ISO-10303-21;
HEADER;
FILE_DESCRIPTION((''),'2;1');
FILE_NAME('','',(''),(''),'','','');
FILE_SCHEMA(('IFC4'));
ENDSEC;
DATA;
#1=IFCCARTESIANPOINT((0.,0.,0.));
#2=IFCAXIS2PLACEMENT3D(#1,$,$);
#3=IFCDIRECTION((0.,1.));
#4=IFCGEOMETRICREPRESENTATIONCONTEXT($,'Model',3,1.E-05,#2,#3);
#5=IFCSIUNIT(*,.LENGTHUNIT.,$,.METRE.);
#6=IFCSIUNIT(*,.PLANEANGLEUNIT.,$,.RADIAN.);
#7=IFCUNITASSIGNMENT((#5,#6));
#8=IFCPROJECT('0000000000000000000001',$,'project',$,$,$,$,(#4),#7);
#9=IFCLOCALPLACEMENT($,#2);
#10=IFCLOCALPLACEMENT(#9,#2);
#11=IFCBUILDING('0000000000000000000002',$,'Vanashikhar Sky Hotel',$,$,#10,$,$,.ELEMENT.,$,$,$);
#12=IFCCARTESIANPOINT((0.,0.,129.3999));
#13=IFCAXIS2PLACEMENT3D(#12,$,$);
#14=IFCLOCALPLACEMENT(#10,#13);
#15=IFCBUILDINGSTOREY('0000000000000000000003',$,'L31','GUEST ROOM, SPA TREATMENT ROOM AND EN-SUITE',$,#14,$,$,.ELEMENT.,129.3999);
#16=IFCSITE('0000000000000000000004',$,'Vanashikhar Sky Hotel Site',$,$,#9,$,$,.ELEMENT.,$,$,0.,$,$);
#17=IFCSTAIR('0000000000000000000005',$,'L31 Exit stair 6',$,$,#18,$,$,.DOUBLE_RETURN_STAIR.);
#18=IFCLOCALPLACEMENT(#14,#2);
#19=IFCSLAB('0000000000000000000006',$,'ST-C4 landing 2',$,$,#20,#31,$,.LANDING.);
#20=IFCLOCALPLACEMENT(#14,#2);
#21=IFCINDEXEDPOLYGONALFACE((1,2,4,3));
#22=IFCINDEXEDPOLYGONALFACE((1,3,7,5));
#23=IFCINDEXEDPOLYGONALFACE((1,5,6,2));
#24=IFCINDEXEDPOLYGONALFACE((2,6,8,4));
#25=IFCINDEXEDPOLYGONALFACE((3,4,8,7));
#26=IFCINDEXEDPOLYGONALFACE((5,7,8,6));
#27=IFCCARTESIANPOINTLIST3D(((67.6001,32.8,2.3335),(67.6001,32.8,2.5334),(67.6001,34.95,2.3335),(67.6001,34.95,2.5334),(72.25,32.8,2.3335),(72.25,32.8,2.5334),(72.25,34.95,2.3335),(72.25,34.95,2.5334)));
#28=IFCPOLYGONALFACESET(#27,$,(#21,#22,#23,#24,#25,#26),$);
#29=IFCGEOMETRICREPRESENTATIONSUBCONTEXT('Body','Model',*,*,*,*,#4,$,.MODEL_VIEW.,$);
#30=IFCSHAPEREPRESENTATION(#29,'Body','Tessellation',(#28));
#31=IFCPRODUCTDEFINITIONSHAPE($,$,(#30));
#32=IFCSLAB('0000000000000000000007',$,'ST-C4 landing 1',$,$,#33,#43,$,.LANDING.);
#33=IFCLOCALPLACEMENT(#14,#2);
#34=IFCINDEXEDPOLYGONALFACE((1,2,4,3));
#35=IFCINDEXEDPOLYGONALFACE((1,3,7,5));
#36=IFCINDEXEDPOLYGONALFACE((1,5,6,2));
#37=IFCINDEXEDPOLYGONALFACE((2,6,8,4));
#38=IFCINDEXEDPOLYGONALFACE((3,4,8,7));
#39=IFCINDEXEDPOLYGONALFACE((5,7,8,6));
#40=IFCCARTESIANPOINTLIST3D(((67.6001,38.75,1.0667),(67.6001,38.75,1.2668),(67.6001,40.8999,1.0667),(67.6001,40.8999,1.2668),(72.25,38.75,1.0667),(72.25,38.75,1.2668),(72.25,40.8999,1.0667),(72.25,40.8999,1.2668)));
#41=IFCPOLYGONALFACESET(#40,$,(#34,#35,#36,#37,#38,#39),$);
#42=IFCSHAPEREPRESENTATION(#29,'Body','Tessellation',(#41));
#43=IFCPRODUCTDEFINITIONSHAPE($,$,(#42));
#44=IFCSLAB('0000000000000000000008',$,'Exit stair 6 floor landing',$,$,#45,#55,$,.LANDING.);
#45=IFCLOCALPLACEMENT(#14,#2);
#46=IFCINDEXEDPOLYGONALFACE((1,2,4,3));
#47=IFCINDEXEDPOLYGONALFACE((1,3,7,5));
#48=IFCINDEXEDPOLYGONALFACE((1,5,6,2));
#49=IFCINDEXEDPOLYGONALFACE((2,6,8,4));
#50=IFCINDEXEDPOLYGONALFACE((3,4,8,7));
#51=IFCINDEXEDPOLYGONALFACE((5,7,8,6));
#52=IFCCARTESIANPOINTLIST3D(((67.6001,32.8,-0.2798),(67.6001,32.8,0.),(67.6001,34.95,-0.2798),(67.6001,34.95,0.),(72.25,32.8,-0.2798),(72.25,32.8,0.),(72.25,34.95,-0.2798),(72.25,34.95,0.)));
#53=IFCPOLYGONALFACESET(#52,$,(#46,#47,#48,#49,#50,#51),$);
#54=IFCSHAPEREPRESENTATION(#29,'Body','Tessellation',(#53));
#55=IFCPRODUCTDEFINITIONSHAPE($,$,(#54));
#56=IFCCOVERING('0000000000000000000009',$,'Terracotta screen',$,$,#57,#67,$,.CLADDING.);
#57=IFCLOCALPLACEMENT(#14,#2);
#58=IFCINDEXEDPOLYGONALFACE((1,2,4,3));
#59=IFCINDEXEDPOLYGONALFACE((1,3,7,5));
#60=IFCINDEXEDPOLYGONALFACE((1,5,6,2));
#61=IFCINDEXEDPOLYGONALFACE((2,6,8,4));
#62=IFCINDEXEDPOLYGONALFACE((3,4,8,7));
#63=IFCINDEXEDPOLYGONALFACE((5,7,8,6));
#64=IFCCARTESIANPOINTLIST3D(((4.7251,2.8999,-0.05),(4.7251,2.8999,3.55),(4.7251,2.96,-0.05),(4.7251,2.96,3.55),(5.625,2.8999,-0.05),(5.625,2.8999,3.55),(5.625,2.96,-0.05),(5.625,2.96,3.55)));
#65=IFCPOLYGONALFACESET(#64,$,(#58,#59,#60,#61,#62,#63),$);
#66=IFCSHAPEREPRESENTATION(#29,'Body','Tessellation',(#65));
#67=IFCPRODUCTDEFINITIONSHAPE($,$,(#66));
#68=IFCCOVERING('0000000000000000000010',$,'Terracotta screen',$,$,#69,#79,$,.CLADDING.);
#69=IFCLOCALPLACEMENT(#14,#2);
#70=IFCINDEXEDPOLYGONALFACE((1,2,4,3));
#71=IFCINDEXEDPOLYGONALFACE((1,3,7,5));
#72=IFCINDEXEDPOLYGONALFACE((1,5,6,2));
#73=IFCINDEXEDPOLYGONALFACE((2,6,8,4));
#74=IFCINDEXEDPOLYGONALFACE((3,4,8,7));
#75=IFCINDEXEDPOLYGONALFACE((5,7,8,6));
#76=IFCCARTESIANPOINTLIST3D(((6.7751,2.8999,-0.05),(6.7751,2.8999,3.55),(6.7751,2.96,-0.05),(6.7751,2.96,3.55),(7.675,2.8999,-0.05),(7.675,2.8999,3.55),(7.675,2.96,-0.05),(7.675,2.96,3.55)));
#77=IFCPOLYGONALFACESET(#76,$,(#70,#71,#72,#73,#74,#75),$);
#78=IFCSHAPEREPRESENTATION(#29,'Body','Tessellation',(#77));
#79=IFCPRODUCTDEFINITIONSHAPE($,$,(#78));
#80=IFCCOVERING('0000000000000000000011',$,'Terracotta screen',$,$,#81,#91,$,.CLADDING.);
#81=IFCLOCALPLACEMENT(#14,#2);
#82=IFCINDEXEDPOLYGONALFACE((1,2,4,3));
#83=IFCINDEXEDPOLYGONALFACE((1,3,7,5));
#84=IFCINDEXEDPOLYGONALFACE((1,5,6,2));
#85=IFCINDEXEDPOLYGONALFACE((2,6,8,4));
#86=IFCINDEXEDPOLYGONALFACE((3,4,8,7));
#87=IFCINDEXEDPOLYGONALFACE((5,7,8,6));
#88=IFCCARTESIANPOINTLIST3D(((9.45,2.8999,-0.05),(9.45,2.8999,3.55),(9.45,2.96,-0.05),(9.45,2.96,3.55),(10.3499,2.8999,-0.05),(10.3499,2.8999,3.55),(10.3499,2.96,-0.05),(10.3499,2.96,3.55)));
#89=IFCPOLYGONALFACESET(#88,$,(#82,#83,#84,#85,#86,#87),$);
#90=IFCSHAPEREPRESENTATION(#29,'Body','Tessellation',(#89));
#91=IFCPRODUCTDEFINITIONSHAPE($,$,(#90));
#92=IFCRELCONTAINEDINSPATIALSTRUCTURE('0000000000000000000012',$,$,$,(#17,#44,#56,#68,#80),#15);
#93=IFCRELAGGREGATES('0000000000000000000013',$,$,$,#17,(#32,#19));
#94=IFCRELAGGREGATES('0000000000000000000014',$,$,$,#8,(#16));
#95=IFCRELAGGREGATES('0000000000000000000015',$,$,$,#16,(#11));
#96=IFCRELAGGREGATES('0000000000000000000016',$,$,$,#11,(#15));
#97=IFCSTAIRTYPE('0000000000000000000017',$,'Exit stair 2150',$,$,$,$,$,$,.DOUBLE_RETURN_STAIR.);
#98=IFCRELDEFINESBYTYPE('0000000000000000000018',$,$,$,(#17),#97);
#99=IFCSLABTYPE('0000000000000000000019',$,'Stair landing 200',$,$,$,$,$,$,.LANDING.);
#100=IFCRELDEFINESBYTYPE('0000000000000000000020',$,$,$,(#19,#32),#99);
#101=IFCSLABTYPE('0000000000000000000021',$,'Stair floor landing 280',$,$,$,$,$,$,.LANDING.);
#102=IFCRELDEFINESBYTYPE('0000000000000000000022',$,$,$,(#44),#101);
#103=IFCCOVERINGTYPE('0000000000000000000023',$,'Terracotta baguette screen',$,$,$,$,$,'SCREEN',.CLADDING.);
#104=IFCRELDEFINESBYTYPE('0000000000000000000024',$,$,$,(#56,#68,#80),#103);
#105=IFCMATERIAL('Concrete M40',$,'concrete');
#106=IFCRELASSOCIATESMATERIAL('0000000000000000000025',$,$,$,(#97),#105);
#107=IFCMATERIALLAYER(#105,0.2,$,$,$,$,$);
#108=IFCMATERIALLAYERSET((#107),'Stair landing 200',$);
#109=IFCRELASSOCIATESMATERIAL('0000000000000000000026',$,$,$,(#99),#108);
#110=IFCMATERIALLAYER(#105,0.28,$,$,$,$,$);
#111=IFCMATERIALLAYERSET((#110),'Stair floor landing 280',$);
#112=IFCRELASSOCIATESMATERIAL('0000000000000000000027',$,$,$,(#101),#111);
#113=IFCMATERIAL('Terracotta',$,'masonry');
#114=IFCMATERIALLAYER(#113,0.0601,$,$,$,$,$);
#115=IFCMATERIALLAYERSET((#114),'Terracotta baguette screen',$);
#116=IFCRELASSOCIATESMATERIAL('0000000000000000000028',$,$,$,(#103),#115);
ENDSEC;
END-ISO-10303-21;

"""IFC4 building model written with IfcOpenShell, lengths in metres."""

from ifc_helpers import new_model, si_unit, direction, frame, origin, origin_2d, place, context, subcontext, project, spatial, polyline, rectangle, outline, extrude, source, transform, mapped, material, layer, layer_set, type_object, element, aggregate, save


model = new_model("IFC4")

# Units and contexts
model_context = context("Model", 3, precision=1e-05, world=origin(), true_north=direction((0.0, 1.0)))
body_context = subcontext(model_context, "Body", "Model", "MODEL_VIEW")
ifc_project = project(units=[si_unit("LENGTHUNIT", "METRE"), si_unit("PLANEANGLEUNIT", "RADIAN")], contexts=[model_context])

# Site, building, storey
site_placement = place(None, origin())
site = spatial("IfcSite", under=ifc_project, at=site_placement, Name="Vanashikhar Sky Hotel Site", CompositionType="ELEMENT", RefElevation=0.0)
building_placement = place(site_placement, origin())
building = spatial("IfcBuilding", under=site, at=building_placement, Name="Vanashikhar Sky Hotel", CompositionType="ELEMENT")
storey_placement = place(building_placement, frame((0.0, 0.0, 129.3999)))
storey = spatial("IfcBuildingStorey", under=building, at=storey_placement, Name="L31", Description="GUEST ROOM, SPA TREATMENT ROOM AND EN-SUITE", CompositionType="ELEMENT", Elevation=129.3999)

# Shared definitions
ifc_material_1 = material(Name="Concrete M40", Category="concrete")

# Shared definitions
stair_type = type_object("IfcStairType", Name="Exit stair 2150", PredefinedType="DOUBLE_RETURN_STAIR", material=ifc_material_1)
ifc_layer_1 = layer(ifc_material_1, 0.2)
ifc_layer_set_1 = layer_set([ifc_layer_1], Name="Stair landing 200")
slab_type_1 = type_object("IfcSlabType", Name="Stair landing 200", PredefinedType="LANDING", material=ifc_layer_set_1)

# Shared definitions
ifc_layer_2 = layer(ifc_material_1, 0.28)
ifc_layer_set_2 = layer_set([ifc_layer_2], Name="Stair floor landing 280")
slab_type_2 = type_object("IfcSlabType", Name="Stair floor landing 280", PredefinedType="LANDING", material=ifc_layer_set_2)

# Stair, slabs
stair_1_placement = place(storey_placement, origin())
stair_1 = element("IfcStair", 1, at=stair_1_placement, inside=storey, type_object=stair_type, Name="L31 Exit stair 6", PredefinedType="DOUBLE_RETURN_STAIR")
shared_shape_1 = source(origin(), body_context, "Body", "SweptSolid", [
    extrude(outline(polyline([(72.25, 32.8), (72.25, 34.95), (67.6001, 34.95), (67.6001, 32.8), (72.25, 32.8)])), origin(), (0.0, 0.0, 1.0), 0.2),
])
slab_1_placement = place(storey_placement, frame((0.0, 0.0, 2.3335)))
slab_1 = element("IfcSlab", 2, at=slab_1_placement, type_object=slab_type_1, Name="ST-C4 landing 2", PredefinedType="LANDING", context=body_context, shape_type="MappedRepresentation", body=[
    mapped(shared_shape_1, transform((0.0, 0.0, 0.0), scale=1.0)),
])
shared_shape_2 = source(origin(), body_context, "Body", "SweptSolid", [
    extrude(outline(polyline([(72.25, 38.75), (72.25, 40.8999), (67.6001, 40.8999), (67.6001, 38.75), (72.25, 38.75)])), origin(), (0.0, 0.0, 1.0), 0.2002),
])
slab_2_placement = place(storey_placement, frame((0.0, 0.0, 1.0667)))
slab_2 = element("IfcSlab", 3, at=slab_2_placement, type_object=slab_type_1, Name="ST-C4 landing 1", PredefinedType="LANDING", context=body_context, shape_type="MappedRepresentation", body=[
    mapped(shared_shape_2, transform((0.0, 0.0, 0.0), scale=1.0)),
])
aggregate(stair_1, [slab_2, slab_1])

# Slab
shared_shape_3 = source(origin(), body_context, "Body", "SweptSolid", [
    extrude(outline(polyline([(72.25, 32.8), (72.25, 34.95), (67.6001, 34.95), (67.6001, 32.8), (72.25, 32.8)])), origin(), (0.0, 0.0, 1.0), 0.2798),
])
slab_3_placement = place(storey_placement, frame((0.0, 0.0, -0.2798)))
element("IfcSlab", 4, at=slab_3_placement, inside=storey, type_object=slab_type_2, Name="Exit stair 6 floor landing", PredefinedType="LANDING", context=body_context, shape_type="MappedRepresentation", body=[
    mapped(shared_shape_3, transform((0.0, 0.0, 0.0), scale=1.0)),
])

# Coverings
ifc_material_2 = material(Name="Terracotta", Category="masonry")
ifc_layer_3 = layer(ifc_material_2, 0.0601)
ifc_layer_set_3 = layer_set([ifc_layer_3], Name="Terracotta baguette screen")
covering_type = type_object("IfcCoveringType", Name="Terracotta baguette screen", ElementType="SCREEN", PredefinedType="CLADDING", material=ifc_layer_set_3)
shared_shape_4 = source(origin(), body_context, "Body", "SweptSolid", [
    extrude(rectangle(XDim=0.8999, YDim=0.0601, at=origin_2d()), origin(), (0.0, 0.0, 1.0), 3.6001),
])
for number, where, z_axis, x_axis, name in (
    (5, (5.175, 2.9299, -0.05), (0.0, 0.0, 1.0), (1.0, 0.0, 0.0), "Terracotta screen"),
    (6, (7.2251, 2.9299, -0.05), (0.0, 0.0, 1.0), (1.0, 0.0, 0.0), "Terracotta screen"),
    (7, (9.8999, 2.9299, -0.05), (0.0, 0.0, 1.0), (1.0, 0.0, 0.0), "Terracotta screen"),
):
    element("IfcCovering", number, at=place(storey_placement, frame(where, z_axis=z_axis, x_axis=x_axis)), inside=storey, type_object=covering_type, Name=name, PredefinedType="CLADDING", context=body_context, shape_type="MappedRepresentation", body=[
        mapped(shared_shape_4, transform((0.0, 0.0, 0.0), scale=1.0)),
    ])

save(model, "model.ifc")
